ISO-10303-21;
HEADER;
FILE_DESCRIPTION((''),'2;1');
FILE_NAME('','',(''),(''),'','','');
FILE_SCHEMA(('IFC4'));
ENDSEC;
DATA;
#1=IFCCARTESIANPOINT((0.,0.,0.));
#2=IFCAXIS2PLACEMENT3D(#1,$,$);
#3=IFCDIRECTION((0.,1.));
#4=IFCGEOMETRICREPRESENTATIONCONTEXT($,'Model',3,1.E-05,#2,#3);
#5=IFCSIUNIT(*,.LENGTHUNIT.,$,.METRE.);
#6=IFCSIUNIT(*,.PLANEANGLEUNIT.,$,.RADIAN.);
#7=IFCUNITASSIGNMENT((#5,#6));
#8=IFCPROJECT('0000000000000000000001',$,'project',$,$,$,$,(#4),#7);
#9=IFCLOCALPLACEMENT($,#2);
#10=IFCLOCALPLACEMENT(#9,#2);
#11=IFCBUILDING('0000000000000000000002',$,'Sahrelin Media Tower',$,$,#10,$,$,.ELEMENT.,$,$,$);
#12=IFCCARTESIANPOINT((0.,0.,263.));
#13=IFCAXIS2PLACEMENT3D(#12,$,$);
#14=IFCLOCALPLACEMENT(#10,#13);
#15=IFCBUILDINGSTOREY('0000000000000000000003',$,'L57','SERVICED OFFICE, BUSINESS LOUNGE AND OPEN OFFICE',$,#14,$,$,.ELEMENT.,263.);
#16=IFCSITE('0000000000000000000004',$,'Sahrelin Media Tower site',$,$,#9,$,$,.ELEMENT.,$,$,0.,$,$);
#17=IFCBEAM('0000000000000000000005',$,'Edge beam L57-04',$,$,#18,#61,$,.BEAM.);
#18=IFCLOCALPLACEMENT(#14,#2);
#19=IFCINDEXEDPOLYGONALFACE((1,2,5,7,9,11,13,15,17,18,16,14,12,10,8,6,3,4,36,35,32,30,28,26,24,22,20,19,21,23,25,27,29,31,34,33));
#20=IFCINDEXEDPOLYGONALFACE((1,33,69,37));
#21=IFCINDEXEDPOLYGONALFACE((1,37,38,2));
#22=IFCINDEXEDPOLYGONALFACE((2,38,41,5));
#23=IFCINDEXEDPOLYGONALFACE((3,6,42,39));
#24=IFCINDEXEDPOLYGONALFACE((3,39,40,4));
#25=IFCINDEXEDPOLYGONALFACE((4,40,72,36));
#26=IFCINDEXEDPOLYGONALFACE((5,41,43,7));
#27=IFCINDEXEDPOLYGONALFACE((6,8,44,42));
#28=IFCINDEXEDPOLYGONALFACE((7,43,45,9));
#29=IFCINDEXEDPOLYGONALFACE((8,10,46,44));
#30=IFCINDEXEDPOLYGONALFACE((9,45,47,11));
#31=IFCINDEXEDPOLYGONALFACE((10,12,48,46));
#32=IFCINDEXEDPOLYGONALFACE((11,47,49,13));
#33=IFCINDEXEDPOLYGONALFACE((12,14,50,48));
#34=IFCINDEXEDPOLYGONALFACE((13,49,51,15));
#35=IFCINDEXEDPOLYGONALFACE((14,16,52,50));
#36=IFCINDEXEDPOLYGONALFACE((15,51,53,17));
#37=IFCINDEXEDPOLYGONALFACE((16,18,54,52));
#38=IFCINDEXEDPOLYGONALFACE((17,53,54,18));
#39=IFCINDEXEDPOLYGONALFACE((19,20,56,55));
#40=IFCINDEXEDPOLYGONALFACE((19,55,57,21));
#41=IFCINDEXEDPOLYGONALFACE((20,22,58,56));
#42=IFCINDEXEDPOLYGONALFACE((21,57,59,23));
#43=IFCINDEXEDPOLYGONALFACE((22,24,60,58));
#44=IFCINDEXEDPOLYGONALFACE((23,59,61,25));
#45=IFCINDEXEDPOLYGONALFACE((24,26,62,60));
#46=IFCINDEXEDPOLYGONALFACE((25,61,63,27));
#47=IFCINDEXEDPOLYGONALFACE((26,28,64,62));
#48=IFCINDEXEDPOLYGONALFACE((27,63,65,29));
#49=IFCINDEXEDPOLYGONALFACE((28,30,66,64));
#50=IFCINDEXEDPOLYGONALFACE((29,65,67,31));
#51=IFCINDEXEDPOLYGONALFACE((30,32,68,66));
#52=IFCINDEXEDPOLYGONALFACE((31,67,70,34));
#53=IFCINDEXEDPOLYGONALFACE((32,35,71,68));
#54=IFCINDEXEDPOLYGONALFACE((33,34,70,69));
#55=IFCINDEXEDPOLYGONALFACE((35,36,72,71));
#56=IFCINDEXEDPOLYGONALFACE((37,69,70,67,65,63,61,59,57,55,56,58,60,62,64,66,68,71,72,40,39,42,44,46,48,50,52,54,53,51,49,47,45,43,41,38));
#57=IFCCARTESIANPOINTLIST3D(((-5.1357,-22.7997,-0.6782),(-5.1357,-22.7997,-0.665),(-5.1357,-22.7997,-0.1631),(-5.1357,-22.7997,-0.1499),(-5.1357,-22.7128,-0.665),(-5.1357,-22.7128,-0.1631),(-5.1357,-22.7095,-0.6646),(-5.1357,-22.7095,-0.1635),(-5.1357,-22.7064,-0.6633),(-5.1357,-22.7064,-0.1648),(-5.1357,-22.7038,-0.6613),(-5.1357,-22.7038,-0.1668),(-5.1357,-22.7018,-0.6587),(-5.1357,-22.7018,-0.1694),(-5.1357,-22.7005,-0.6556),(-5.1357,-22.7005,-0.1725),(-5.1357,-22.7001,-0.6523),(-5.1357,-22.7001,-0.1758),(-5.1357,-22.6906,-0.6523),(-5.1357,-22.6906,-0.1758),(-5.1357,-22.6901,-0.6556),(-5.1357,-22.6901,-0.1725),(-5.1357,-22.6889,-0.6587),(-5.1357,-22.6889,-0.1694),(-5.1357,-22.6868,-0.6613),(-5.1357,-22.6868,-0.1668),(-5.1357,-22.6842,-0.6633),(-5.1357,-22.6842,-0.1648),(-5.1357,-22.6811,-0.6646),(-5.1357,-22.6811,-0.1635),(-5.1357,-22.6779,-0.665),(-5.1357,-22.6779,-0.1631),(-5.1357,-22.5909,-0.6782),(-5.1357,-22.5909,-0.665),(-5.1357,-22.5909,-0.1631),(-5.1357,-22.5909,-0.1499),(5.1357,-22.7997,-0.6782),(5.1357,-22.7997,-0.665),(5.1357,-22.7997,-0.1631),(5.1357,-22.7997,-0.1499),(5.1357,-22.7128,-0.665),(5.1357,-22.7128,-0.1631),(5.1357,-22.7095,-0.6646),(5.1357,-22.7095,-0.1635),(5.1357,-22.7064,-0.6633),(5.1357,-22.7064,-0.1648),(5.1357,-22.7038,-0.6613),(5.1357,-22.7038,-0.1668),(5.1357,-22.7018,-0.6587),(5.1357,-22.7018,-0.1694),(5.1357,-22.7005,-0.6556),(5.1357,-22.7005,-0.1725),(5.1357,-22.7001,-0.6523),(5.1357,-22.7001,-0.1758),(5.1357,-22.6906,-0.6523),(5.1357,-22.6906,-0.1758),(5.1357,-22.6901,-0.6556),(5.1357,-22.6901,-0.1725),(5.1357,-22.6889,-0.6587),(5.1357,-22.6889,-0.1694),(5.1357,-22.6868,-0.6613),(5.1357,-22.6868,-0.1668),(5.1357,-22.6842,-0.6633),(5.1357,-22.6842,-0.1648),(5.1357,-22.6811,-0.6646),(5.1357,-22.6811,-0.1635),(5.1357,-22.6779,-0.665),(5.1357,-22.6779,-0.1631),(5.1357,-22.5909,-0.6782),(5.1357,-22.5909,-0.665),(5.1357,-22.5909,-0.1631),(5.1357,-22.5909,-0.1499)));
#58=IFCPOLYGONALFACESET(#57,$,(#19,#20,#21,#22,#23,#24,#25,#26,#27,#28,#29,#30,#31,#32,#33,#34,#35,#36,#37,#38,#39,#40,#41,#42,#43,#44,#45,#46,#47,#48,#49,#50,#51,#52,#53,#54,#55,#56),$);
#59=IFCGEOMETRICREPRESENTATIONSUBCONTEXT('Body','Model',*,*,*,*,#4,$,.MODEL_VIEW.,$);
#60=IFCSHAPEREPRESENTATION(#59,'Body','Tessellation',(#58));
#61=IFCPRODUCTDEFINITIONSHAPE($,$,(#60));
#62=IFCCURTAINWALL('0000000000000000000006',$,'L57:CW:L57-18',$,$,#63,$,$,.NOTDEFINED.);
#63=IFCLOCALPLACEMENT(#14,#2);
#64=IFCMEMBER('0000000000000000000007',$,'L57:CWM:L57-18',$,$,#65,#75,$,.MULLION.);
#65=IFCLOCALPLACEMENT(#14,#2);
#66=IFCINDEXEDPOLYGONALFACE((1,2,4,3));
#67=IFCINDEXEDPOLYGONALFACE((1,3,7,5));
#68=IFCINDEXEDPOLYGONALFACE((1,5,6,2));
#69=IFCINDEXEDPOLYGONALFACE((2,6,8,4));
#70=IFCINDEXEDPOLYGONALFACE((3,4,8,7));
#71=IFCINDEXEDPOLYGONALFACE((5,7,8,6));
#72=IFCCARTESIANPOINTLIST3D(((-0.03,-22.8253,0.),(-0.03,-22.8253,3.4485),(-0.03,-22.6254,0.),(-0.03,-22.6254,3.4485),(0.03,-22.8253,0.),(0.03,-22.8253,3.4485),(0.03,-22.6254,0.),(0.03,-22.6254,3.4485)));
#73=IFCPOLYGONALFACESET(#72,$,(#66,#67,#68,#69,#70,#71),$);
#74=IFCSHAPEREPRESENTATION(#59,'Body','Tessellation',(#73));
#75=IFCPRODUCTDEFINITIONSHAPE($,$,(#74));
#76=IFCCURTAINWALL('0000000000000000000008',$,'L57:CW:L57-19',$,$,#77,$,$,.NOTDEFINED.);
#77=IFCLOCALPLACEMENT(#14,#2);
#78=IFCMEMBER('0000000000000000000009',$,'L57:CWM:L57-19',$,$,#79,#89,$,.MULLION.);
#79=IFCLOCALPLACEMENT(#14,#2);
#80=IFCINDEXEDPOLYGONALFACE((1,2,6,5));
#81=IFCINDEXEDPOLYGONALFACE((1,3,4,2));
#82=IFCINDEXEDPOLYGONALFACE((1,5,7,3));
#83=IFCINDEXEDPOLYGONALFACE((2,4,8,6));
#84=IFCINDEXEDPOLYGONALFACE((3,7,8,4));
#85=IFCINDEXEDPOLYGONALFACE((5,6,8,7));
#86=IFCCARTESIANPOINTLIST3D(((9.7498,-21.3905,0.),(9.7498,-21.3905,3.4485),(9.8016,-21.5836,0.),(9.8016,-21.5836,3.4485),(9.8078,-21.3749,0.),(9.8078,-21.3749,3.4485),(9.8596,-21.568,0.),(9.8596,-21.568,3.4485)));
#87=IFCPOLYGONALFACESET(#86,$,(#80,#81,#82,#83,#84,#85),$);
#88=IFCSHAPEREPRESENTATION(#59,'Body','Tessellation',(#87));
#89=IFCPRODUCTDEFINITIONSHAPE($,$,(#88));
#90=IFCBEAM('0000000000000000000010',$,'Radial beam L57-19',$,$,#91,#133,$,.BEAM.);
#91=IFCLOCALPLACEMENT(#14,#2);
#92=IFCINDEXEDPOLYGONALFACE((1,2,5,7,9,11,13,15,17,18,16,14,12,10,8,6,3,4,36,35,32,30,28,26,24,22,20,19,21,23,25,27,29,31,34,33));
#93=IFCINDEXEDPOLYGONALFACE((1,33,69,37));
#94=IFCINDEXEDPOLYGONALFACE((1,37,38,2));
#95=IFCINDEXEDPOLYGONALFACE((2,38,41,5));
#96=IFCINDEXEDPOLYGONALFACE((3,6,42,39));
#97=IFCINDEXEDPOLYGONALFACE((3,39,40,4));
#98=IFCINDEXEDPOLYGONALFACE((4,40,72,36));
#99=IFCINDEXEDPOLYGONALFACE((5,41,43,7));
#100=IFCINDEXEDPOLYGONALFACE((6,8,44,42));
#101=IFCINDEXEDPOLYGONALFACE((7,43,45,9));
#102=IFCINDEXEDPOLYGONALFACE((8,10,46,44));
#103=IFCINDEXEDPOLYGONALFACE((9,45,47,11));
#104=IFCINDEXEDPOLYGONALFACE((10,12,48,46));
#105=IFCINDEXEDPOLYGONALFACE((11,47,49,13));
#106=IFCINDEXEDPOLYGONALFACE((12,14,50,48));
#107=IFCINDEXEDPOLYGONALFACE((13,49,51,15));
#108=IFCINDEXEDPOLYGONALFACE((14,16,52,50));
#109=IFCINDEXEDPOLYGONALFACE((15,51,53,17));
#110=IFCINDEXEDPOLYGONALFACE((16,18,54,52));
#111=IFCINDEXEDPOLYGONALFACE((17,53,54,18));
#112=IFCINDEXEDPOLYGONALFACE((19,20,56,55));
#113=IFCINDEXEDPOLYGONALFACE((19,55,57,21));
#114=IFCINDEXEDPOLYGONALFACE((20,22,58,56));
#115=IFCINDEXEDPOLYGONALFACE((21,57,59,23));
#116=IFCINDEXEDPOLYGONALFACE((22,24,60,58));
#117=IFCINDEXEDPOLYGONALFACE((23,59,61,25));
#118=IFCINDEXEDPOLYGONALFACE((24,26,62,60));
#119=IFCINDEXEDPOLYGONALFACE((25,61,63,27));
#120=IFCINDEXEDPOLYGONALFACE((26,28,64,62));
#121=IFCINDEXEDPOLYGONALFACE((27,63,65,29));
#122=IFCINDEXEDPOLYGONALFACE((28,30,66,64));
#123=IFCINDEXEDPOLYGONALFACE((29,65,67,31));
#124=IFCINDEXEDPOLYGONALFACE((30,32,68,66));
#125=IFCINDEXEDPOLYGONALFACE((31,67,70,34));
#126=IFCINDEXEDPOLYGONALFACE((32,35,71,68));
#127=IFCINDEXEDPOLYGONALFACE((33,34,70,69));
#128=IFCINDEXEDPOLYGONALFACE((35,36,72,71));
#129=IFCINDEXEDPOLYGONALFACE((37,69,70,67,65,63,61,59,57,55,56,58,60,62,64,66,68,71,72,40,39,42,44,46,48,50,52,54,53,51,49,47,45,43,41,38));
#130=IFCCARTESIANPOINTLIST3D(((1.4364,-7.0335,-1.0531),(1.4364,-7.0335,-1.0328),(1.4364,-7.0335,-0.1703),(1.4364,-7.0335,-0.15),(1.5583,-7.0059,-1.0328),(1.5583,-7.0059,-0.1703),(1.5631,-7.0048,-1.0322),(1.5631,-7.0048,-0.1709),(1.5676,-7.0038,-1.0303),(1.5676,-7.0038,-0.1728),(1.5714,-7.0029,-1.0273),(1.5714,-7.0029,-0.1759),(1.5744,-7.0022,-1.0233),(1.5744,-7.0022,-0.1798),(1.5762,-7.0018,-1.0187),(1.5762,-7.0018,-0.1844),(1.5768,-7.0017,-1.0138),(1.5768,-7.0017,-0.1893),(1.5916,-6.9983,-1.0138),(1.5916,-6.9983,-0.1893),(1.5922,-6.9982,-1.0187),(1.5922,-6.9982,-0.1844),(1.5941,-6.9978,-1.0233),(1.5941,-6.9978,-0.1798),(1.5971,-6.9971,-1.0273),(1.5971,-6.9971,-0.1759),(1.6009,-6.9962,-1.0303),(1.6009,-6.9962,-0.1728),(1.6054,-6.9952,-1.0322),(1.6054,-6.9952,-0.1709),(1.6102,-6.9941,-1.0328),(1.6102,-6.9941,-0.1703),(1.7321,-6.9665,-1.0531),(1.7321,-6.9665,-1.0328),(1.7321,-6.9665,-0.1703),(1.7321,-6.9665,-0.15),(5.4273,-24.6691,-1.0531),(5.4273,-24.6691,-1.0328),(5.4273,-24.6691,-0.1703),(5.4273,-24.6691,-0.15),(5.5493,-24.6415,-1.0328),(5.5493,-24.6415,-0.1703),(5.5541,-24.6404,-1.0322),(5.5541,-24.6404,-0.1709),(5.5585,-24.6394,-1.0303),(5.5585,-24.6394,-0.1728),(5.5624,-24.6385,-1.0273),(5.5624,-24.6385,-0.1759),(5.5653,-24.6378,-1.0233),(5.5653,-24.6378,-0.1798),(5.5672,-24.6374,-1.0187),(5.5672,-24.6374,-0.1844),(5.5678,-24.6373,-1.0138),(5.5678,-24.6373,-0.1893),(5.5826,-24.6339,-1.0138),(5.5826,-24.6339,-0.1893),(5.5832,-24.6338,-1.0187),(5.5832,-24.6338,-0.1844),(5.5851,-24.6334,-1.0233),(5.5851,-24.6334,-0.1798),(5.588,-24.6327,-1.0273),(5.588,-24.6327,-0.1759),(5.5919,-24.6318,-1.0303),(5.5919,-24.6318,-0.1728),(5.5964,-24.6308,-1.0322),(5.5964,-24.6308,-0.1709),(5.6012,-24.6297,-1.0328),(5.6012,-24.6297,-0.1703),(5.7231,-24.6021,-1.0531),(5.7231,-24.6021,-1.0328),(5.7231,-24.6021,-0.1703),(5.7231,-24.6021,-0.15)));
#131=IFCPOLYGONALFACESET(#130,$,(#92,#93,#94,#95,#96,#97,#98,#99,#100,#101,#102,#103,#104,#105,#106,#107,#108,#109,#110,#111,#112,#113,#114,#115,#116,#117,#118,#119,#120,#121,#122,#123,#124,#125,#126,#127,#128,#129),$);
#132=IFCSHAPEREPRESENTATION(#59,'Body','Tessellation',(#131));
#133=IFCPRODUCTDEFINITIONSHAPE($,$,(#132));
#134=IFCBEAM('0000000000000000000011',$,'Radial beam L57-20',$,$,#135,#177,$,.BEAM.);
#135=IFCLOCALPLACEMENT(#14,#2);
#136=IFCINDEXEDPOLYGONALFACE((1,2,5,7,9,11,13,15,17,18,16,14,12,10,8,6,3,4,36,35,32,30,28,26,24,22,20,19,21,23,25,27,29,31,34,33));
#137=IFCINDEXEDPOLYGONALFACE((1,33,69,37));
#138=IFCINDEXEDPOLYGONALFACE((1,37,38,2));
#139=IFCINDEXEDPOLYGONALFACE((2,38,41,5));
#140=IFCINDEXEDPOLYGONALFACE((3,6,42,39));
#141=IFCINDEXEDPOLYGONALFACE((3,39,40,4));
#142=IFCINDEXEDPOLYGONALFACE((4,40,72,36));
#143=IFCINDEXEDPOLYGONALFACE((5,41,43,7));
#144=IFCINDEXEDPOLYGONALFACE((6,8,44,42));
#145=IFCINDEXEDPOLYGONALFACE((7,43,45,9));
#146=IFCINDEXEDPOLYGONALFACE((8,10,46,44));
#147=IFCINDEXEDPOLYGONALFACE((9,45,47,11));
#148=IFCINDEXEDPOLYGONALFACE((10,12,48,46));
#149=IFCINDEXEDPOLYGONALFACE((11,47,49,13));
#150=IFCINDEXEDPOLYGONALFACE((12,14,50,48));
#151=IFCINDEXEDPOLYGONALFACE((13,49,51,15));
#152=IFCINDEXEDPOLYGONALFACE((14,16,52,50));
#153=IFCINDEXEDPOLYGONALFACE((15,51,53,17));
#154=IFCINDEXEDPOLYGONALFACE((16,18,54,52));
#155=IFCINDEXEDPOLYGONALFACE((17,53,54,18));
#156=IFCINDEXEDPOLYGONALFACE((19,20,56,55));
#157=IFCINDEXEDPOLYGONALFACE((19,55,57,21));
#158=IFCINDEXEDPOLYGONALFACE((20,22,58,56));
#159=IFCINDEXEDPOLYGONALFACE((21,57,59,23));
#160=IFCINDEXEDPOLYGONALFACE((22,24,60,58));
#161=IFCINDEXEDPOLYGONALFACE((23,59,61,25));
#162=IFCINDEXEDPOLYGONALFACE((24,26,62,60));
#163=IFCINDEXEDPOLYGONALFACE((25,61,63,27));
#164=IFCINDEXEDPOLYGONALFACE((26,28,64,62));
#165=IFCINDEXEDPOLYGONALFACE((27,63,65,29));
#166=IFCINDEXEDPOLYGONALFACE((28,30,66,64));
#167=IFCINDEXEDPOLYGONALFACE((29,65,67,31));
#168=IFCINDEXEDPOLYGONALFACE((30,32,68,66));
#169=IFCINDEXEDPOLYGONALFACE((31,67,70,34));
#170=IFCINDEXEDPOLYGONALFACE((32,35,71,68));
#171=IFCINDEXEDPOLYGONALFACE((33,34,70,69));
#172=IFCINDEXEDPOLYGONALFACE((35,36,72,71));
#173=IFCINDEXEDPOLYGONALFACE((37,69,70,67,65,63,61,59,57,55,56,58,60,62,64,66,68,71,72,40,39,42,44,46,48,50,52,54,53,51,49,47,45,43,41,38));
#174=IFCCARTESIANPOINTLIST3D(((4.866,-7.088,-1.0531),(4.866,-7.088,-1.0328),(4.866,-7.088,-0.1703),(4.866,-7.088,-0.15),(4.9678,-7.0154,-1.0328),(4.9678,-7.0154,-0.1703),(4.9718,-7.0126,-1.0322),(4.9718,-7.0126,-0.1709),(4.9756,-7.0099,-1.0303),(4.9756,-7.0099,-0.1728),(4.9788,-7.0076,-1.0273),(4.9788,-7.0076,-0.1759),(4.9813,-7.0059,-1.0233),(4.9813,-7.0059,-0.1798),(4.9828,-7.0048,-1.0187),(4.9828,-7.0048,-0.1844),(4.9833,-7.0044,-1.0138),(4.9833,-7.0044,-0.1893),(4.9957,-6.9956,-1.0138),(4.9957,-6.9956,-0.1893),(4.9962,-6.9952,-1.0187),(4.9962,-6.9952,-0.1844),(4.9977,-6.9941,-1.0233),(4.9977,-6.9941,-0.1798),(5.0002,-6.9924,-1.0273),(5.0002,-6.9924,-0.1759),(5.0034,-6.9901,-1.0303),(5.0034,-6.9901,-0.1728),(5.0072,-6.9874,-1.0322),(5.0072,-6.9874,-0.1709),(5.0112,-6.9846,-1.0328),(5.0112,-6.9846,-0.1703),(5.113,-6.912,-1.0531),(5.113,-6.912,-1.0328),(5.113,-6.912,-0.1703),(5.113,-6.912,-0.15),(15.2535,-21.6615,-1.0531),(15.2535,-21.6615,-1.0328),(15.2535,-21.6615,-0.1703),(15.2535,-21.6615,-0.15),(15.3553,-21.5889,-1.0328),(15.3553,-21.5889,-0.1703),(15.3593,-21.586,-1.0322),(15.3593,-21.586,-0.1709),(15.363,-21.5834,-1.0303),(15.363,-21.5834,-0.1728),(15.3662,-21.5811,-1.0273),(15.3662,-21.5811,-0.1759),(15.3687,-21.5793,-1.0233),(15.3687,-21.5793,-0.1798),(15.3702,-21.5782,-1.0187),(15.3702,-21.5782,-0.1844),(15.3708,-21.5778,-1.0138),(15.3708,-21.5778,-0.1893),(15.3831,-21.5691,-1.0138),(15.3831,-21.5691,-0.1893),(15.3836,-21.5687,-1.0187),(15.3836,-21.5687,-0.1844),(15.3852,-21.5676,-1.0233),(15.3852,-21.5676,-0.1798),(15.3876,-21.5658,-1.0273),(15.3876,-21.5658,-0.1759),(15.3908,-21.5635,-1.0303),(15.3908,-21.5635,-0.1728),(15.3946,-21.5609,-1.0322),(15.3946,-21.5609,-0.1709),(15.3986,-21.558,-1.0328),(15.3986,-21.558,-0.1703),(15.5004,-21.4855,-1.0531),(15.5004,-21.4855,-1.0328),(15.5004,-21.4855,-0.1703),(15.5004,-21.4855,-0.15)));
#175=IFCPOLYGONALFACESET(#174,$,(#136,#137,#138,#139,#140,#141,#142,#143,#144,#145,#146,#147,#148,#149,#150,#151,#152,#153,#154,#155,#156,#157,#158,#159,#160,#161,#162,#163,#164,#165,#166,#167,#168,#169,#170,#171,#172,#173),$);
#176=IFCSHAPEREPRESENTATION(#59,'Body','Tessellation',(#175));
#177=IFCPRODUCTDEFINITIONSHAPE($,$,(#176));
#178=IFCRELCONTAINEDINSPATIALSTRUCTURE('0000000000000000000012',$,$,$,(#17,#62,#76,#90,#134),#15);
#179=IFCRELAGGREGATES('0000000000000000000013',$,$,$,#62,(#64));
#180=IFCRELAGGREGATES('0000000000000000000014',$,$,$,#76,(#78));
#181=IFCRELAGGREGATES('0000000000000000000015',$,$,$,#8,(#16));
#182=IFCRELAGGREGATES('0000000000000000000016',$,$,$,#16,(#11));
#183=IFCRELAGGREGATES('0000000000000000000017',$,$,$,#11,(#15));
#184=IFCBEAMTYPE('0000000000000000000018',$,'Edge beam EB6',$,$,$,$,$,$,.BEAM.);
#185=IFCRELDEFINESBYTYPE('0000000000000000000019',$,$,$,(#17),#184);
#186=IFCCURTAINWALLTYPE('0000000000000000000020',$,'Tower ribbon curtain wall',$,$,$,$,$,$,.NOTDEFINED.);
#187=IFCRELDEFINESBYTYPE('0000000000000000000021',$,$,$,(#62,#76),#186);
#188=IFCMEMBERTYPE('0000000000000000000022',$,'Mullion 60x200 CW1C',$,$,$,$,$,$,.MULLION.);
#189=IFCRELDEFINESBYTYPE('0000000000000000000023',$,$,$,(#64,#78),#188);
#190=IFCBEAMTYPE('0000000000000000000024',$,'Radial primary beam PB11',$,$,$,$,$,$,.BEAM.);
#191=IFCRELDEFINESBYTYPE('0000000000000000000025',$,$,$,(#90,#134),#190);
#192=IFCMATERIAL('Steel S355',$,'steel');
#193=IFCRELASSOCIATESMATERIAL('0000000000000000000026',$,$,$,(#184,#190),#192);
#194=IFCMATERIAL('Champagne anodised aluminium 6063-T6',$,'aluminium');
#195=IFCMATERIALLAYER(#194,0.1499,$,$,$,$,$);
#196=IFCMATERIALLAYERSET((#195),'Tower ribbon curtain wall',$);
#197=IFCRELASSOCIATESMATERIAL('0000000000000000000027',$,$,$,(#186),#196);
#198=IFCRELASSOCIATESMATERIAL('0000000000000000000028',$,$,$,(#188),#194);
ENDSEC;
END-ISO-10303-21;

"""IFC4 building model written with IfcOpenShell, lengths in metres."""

from ifc_helpers import new_model, si_unit, direction, frame, origin, origin_2d, place, context, subcontext, project, spatial, rectangle, i_section, extrude, material, layer, layer_set, material_profile, profile_set, type_object, element, aggregate, save


model = new_model("IFC4")

# Units and contexts
model_context = context("Model", 3, precision=1e-05, world=origin(), true_north=direction((0.0, 1.0)))
body_context = subcontext(model_context, "Body", "Model", "MODEL_VIEW")
ifc_project = project(units=[si_unit("LENGTHUNIT", "METRE"), si_unit("PLANEANGLEUNIT", "RADIAN")], contexts=[model_context])

# Site, building, storey
site_placement = place(None, origin())
site = spatial("IfcSite", under=ifc_project, at=site_placement, Name="Sahrelin Media Tower site", CompositionType="ELEMENT", RefElevation=0.0)
building_placement = place(site_placement, origin())
building = spatial("IfcBuilding", under=site, at=building_placement, Name="Sahrelin Media Tower", CompositionType="ELEMENT")
storey_placement = place(building_placement, frame((0.0, 0.0, 263.0)))
storey = spatial("IfcBuildingStorey", under=building, at=storey_placement, Name="L57", Description="SERVICED OFFICE, BUSINESS LOUNGE AND OPEN OFFICE", CompositionType="ELEMENT", Elevation=263.0)

# Beam
ifc_material_1 = material(Name="Steel S355", Category="steel")
ifc_material_profile_1 = material_profile(ifc_material_1, i_section(OverallWidth=0.2087, OverallDepth=0.5283, WebThickness=0.0095, FlangeThickness=0.0132, FilletRadius=0.0127, at=origin_2d()), Name="UB 533x210x82")
ifc_profile_set_1 = profile_set([ifc_material_profile_1], Name="Steel S355")
beam_type_1 = type_object("IfcBeamType", Name="Edge beam EB6", PredefinedType="BEAM", material=ifc_profile_set_1)
beam_1_placement = place(storey_placement, frame((5.1357, -22.6953, -0.4141), z_axis=(-1.0, 0.0, 0.0), x_axis=(0.0, -1.0, 0.0)))
element("IfcBeam", 1, at=beam_1_placement, inside=storey, type_object=beam_type_1, Name="Edge beam L57-04", PredefinedType="BEAM", context=body_context, shape_type="SweptSolid", body=[
    extrude(i_section(OverallWidth=0.2087, OverallDepth=0.5283, WebThickness=0.0095, FlangeThickness=0.0132, FilletRadius=0.0127, at=origin_2d()), origin(), (0.0, 0.0, 1.0), 10.2715),
])

# Curtain walls, members
ifc_material_2 = material(Name="Champagne anodised aluminium 6063-T6", Category="aluminium")
ifc_layer_1 = layer(ifc_material_2, 0.1499)
ifc_layer_set_1 = layer_set([ifc_layer_1], Name="Tower ribbon curtain wall")
curtain_wall_type = type_object("IfcCurtainWallType", Name="Tower ribbon curtain wall", PredefinedType="NOTDEFINED", material=ifc_layer_set_1)
curtain_wall_1_placement = place(storey_placement, frame((0.0, -22.8452, 0.0), z_axis=(0.0, 0.0, 1.0), x_axis=(1.0, 0.0, 0.0)))
curtain_wall_1 = element("IfcCurtainWall", 2, at=curtain_wall_1_placement, inside=storey, type_object=curtain_wall_type, Name="L57:CW:L57-18", PredefinedType="NOTDEFINED")
ifc_material_profile_2 = material_profile(ifc_material_2, rectangle(XDim=0.0601, YDim=0.2, at=origin_2d()), Name="Mullion 60x200")
ifc_profile_set_2 = profile_set([ifc_material_profile_2], Name="Champagne anodised aluminium 6063-T6")
member_type_1 = type_object("IfcMemberType", Name="Mullion 60x200 CW1C", PredefinedType="MULLION", material=ifc_profile_set_2)
member_1_placement = place(storey_placement, frame((0.0, -22.7253, 0.0), z_axis=(0.0, 0.0, 1.0), x_axis=(1.0, 0.0, 0.0)))
member_1 = element("IfcMember", 3, at=member_1_placement, type_object=member_type_1, Name="L57:CWM:L57-18", PredefinedType="MULLION", context=body_context, shape_type="SweptSolid", body=[
    extrude(rectangle(XDim=0.0601, YDim=0.2, at=origin_2d()), origin(), (0.0, 0.0, 1.0), 3.4485),
])
aggregate(curtain_wall_1, [member_1])
curtain_wall_2_placement = place(storey_placement, frame((9.8357, -21.5952, 0.0), z_axis=(0.0, 0.0, 1.0), x_axis=(1.0, 0.0, 0.0)))
curtain_wall_2 = element("IfcCurtainWall", 4, at=curtain_wall_2_placement, inside=storey, type_object=curtain_wall_type, Name="L57:CW:L57-19", PredefinedType="NOTDEFINED")
member_2_placement = place(storey_placement, frame((9.8047, -21.4792, 0.0), z_axis=(0.0, 0.0, 1.0), x_axis=(0.965925, 0.258821, 0.0)))
member_2 = element("IfcMember", 5, at=member_2_placement, type_object=member_type_1, Name="L57:CWM:L57-19", PredefinedType="MULLION", context=body_context, shape_type="SweptSolid", body=[
    extrude(rectangle(XDim=0.0601, YDim=0.2, at=origin_2d()), origin(), (0.0, 0.0, 1.0), 3.4485),
])

# Beams
ifc_material_profile_3 = material_profile(ifc_material_1, i_section(OverallWidth=0.3032, OverallDepth=0.9031, WebThickness=0.0151, FlangeThickness=0.0203, FilletRadius=0.019, at=origin_2d()), Name="UB 914x305x201")
ifc_profile_set_3 = profile_set([ifc_material_profile_3], Name="Steel S355")
beam_type_2 = type_object("IfcBeamType", Name="Radial primary beam PB11", PredefinedType="BEAM", material=ifc_profile_set_3)
beam_2_placement = place(storey_placement, frame((1.5842, -7.0, -0.6016), z_axis=(0.220722, -0.975337, 0.0), x_axis=(0.975337, 0.220722, 0.0)))
element("IfcBeam", 6, at=beam_2_placement, inside=storey, type_object=beam_type_2, Name="Radial beam L57-19", PredefinedType="BEAM", context=body_context, shape_type="SweptSolid", body=[
    extrude(i_section(OverallWidth=0.3032, OverallDepth=0.9031, WebThickness=0.0151, FlangeThickness=0.0203, FilletRadius=0.019, at=origin_2d()), origin(), (0.0, 0.0, 1.0), 18.0815),
])
beam_3_placement = place(storey_placement, frame((4.9895, -7.0, -0.6016), z_axis=(0.580417, -0.814319, 0.0), x_axis=(0.814319, 0.580417, 0.0)))
element("IfcBeam", 7, at=beam_3_placement, inside=storey, type_object=beam_type_2, Name="Radial beam L57-20", PredefinedType="BEAM", context=body_context, shape_type="SweptSolid", body=[
    extrude(i_section(OverallWidth=0.3032, OverallDepth=0.9031, WebThickness=0.0151, FlangeThickness=0.0203, FilletRadius=0.019, at=origin_2d()), origin(), (0.0, 0.0, 1.0), 17.8965),
])

aggregate(curtain_wall_2, [member_2])

save(model, "model.ifc")
